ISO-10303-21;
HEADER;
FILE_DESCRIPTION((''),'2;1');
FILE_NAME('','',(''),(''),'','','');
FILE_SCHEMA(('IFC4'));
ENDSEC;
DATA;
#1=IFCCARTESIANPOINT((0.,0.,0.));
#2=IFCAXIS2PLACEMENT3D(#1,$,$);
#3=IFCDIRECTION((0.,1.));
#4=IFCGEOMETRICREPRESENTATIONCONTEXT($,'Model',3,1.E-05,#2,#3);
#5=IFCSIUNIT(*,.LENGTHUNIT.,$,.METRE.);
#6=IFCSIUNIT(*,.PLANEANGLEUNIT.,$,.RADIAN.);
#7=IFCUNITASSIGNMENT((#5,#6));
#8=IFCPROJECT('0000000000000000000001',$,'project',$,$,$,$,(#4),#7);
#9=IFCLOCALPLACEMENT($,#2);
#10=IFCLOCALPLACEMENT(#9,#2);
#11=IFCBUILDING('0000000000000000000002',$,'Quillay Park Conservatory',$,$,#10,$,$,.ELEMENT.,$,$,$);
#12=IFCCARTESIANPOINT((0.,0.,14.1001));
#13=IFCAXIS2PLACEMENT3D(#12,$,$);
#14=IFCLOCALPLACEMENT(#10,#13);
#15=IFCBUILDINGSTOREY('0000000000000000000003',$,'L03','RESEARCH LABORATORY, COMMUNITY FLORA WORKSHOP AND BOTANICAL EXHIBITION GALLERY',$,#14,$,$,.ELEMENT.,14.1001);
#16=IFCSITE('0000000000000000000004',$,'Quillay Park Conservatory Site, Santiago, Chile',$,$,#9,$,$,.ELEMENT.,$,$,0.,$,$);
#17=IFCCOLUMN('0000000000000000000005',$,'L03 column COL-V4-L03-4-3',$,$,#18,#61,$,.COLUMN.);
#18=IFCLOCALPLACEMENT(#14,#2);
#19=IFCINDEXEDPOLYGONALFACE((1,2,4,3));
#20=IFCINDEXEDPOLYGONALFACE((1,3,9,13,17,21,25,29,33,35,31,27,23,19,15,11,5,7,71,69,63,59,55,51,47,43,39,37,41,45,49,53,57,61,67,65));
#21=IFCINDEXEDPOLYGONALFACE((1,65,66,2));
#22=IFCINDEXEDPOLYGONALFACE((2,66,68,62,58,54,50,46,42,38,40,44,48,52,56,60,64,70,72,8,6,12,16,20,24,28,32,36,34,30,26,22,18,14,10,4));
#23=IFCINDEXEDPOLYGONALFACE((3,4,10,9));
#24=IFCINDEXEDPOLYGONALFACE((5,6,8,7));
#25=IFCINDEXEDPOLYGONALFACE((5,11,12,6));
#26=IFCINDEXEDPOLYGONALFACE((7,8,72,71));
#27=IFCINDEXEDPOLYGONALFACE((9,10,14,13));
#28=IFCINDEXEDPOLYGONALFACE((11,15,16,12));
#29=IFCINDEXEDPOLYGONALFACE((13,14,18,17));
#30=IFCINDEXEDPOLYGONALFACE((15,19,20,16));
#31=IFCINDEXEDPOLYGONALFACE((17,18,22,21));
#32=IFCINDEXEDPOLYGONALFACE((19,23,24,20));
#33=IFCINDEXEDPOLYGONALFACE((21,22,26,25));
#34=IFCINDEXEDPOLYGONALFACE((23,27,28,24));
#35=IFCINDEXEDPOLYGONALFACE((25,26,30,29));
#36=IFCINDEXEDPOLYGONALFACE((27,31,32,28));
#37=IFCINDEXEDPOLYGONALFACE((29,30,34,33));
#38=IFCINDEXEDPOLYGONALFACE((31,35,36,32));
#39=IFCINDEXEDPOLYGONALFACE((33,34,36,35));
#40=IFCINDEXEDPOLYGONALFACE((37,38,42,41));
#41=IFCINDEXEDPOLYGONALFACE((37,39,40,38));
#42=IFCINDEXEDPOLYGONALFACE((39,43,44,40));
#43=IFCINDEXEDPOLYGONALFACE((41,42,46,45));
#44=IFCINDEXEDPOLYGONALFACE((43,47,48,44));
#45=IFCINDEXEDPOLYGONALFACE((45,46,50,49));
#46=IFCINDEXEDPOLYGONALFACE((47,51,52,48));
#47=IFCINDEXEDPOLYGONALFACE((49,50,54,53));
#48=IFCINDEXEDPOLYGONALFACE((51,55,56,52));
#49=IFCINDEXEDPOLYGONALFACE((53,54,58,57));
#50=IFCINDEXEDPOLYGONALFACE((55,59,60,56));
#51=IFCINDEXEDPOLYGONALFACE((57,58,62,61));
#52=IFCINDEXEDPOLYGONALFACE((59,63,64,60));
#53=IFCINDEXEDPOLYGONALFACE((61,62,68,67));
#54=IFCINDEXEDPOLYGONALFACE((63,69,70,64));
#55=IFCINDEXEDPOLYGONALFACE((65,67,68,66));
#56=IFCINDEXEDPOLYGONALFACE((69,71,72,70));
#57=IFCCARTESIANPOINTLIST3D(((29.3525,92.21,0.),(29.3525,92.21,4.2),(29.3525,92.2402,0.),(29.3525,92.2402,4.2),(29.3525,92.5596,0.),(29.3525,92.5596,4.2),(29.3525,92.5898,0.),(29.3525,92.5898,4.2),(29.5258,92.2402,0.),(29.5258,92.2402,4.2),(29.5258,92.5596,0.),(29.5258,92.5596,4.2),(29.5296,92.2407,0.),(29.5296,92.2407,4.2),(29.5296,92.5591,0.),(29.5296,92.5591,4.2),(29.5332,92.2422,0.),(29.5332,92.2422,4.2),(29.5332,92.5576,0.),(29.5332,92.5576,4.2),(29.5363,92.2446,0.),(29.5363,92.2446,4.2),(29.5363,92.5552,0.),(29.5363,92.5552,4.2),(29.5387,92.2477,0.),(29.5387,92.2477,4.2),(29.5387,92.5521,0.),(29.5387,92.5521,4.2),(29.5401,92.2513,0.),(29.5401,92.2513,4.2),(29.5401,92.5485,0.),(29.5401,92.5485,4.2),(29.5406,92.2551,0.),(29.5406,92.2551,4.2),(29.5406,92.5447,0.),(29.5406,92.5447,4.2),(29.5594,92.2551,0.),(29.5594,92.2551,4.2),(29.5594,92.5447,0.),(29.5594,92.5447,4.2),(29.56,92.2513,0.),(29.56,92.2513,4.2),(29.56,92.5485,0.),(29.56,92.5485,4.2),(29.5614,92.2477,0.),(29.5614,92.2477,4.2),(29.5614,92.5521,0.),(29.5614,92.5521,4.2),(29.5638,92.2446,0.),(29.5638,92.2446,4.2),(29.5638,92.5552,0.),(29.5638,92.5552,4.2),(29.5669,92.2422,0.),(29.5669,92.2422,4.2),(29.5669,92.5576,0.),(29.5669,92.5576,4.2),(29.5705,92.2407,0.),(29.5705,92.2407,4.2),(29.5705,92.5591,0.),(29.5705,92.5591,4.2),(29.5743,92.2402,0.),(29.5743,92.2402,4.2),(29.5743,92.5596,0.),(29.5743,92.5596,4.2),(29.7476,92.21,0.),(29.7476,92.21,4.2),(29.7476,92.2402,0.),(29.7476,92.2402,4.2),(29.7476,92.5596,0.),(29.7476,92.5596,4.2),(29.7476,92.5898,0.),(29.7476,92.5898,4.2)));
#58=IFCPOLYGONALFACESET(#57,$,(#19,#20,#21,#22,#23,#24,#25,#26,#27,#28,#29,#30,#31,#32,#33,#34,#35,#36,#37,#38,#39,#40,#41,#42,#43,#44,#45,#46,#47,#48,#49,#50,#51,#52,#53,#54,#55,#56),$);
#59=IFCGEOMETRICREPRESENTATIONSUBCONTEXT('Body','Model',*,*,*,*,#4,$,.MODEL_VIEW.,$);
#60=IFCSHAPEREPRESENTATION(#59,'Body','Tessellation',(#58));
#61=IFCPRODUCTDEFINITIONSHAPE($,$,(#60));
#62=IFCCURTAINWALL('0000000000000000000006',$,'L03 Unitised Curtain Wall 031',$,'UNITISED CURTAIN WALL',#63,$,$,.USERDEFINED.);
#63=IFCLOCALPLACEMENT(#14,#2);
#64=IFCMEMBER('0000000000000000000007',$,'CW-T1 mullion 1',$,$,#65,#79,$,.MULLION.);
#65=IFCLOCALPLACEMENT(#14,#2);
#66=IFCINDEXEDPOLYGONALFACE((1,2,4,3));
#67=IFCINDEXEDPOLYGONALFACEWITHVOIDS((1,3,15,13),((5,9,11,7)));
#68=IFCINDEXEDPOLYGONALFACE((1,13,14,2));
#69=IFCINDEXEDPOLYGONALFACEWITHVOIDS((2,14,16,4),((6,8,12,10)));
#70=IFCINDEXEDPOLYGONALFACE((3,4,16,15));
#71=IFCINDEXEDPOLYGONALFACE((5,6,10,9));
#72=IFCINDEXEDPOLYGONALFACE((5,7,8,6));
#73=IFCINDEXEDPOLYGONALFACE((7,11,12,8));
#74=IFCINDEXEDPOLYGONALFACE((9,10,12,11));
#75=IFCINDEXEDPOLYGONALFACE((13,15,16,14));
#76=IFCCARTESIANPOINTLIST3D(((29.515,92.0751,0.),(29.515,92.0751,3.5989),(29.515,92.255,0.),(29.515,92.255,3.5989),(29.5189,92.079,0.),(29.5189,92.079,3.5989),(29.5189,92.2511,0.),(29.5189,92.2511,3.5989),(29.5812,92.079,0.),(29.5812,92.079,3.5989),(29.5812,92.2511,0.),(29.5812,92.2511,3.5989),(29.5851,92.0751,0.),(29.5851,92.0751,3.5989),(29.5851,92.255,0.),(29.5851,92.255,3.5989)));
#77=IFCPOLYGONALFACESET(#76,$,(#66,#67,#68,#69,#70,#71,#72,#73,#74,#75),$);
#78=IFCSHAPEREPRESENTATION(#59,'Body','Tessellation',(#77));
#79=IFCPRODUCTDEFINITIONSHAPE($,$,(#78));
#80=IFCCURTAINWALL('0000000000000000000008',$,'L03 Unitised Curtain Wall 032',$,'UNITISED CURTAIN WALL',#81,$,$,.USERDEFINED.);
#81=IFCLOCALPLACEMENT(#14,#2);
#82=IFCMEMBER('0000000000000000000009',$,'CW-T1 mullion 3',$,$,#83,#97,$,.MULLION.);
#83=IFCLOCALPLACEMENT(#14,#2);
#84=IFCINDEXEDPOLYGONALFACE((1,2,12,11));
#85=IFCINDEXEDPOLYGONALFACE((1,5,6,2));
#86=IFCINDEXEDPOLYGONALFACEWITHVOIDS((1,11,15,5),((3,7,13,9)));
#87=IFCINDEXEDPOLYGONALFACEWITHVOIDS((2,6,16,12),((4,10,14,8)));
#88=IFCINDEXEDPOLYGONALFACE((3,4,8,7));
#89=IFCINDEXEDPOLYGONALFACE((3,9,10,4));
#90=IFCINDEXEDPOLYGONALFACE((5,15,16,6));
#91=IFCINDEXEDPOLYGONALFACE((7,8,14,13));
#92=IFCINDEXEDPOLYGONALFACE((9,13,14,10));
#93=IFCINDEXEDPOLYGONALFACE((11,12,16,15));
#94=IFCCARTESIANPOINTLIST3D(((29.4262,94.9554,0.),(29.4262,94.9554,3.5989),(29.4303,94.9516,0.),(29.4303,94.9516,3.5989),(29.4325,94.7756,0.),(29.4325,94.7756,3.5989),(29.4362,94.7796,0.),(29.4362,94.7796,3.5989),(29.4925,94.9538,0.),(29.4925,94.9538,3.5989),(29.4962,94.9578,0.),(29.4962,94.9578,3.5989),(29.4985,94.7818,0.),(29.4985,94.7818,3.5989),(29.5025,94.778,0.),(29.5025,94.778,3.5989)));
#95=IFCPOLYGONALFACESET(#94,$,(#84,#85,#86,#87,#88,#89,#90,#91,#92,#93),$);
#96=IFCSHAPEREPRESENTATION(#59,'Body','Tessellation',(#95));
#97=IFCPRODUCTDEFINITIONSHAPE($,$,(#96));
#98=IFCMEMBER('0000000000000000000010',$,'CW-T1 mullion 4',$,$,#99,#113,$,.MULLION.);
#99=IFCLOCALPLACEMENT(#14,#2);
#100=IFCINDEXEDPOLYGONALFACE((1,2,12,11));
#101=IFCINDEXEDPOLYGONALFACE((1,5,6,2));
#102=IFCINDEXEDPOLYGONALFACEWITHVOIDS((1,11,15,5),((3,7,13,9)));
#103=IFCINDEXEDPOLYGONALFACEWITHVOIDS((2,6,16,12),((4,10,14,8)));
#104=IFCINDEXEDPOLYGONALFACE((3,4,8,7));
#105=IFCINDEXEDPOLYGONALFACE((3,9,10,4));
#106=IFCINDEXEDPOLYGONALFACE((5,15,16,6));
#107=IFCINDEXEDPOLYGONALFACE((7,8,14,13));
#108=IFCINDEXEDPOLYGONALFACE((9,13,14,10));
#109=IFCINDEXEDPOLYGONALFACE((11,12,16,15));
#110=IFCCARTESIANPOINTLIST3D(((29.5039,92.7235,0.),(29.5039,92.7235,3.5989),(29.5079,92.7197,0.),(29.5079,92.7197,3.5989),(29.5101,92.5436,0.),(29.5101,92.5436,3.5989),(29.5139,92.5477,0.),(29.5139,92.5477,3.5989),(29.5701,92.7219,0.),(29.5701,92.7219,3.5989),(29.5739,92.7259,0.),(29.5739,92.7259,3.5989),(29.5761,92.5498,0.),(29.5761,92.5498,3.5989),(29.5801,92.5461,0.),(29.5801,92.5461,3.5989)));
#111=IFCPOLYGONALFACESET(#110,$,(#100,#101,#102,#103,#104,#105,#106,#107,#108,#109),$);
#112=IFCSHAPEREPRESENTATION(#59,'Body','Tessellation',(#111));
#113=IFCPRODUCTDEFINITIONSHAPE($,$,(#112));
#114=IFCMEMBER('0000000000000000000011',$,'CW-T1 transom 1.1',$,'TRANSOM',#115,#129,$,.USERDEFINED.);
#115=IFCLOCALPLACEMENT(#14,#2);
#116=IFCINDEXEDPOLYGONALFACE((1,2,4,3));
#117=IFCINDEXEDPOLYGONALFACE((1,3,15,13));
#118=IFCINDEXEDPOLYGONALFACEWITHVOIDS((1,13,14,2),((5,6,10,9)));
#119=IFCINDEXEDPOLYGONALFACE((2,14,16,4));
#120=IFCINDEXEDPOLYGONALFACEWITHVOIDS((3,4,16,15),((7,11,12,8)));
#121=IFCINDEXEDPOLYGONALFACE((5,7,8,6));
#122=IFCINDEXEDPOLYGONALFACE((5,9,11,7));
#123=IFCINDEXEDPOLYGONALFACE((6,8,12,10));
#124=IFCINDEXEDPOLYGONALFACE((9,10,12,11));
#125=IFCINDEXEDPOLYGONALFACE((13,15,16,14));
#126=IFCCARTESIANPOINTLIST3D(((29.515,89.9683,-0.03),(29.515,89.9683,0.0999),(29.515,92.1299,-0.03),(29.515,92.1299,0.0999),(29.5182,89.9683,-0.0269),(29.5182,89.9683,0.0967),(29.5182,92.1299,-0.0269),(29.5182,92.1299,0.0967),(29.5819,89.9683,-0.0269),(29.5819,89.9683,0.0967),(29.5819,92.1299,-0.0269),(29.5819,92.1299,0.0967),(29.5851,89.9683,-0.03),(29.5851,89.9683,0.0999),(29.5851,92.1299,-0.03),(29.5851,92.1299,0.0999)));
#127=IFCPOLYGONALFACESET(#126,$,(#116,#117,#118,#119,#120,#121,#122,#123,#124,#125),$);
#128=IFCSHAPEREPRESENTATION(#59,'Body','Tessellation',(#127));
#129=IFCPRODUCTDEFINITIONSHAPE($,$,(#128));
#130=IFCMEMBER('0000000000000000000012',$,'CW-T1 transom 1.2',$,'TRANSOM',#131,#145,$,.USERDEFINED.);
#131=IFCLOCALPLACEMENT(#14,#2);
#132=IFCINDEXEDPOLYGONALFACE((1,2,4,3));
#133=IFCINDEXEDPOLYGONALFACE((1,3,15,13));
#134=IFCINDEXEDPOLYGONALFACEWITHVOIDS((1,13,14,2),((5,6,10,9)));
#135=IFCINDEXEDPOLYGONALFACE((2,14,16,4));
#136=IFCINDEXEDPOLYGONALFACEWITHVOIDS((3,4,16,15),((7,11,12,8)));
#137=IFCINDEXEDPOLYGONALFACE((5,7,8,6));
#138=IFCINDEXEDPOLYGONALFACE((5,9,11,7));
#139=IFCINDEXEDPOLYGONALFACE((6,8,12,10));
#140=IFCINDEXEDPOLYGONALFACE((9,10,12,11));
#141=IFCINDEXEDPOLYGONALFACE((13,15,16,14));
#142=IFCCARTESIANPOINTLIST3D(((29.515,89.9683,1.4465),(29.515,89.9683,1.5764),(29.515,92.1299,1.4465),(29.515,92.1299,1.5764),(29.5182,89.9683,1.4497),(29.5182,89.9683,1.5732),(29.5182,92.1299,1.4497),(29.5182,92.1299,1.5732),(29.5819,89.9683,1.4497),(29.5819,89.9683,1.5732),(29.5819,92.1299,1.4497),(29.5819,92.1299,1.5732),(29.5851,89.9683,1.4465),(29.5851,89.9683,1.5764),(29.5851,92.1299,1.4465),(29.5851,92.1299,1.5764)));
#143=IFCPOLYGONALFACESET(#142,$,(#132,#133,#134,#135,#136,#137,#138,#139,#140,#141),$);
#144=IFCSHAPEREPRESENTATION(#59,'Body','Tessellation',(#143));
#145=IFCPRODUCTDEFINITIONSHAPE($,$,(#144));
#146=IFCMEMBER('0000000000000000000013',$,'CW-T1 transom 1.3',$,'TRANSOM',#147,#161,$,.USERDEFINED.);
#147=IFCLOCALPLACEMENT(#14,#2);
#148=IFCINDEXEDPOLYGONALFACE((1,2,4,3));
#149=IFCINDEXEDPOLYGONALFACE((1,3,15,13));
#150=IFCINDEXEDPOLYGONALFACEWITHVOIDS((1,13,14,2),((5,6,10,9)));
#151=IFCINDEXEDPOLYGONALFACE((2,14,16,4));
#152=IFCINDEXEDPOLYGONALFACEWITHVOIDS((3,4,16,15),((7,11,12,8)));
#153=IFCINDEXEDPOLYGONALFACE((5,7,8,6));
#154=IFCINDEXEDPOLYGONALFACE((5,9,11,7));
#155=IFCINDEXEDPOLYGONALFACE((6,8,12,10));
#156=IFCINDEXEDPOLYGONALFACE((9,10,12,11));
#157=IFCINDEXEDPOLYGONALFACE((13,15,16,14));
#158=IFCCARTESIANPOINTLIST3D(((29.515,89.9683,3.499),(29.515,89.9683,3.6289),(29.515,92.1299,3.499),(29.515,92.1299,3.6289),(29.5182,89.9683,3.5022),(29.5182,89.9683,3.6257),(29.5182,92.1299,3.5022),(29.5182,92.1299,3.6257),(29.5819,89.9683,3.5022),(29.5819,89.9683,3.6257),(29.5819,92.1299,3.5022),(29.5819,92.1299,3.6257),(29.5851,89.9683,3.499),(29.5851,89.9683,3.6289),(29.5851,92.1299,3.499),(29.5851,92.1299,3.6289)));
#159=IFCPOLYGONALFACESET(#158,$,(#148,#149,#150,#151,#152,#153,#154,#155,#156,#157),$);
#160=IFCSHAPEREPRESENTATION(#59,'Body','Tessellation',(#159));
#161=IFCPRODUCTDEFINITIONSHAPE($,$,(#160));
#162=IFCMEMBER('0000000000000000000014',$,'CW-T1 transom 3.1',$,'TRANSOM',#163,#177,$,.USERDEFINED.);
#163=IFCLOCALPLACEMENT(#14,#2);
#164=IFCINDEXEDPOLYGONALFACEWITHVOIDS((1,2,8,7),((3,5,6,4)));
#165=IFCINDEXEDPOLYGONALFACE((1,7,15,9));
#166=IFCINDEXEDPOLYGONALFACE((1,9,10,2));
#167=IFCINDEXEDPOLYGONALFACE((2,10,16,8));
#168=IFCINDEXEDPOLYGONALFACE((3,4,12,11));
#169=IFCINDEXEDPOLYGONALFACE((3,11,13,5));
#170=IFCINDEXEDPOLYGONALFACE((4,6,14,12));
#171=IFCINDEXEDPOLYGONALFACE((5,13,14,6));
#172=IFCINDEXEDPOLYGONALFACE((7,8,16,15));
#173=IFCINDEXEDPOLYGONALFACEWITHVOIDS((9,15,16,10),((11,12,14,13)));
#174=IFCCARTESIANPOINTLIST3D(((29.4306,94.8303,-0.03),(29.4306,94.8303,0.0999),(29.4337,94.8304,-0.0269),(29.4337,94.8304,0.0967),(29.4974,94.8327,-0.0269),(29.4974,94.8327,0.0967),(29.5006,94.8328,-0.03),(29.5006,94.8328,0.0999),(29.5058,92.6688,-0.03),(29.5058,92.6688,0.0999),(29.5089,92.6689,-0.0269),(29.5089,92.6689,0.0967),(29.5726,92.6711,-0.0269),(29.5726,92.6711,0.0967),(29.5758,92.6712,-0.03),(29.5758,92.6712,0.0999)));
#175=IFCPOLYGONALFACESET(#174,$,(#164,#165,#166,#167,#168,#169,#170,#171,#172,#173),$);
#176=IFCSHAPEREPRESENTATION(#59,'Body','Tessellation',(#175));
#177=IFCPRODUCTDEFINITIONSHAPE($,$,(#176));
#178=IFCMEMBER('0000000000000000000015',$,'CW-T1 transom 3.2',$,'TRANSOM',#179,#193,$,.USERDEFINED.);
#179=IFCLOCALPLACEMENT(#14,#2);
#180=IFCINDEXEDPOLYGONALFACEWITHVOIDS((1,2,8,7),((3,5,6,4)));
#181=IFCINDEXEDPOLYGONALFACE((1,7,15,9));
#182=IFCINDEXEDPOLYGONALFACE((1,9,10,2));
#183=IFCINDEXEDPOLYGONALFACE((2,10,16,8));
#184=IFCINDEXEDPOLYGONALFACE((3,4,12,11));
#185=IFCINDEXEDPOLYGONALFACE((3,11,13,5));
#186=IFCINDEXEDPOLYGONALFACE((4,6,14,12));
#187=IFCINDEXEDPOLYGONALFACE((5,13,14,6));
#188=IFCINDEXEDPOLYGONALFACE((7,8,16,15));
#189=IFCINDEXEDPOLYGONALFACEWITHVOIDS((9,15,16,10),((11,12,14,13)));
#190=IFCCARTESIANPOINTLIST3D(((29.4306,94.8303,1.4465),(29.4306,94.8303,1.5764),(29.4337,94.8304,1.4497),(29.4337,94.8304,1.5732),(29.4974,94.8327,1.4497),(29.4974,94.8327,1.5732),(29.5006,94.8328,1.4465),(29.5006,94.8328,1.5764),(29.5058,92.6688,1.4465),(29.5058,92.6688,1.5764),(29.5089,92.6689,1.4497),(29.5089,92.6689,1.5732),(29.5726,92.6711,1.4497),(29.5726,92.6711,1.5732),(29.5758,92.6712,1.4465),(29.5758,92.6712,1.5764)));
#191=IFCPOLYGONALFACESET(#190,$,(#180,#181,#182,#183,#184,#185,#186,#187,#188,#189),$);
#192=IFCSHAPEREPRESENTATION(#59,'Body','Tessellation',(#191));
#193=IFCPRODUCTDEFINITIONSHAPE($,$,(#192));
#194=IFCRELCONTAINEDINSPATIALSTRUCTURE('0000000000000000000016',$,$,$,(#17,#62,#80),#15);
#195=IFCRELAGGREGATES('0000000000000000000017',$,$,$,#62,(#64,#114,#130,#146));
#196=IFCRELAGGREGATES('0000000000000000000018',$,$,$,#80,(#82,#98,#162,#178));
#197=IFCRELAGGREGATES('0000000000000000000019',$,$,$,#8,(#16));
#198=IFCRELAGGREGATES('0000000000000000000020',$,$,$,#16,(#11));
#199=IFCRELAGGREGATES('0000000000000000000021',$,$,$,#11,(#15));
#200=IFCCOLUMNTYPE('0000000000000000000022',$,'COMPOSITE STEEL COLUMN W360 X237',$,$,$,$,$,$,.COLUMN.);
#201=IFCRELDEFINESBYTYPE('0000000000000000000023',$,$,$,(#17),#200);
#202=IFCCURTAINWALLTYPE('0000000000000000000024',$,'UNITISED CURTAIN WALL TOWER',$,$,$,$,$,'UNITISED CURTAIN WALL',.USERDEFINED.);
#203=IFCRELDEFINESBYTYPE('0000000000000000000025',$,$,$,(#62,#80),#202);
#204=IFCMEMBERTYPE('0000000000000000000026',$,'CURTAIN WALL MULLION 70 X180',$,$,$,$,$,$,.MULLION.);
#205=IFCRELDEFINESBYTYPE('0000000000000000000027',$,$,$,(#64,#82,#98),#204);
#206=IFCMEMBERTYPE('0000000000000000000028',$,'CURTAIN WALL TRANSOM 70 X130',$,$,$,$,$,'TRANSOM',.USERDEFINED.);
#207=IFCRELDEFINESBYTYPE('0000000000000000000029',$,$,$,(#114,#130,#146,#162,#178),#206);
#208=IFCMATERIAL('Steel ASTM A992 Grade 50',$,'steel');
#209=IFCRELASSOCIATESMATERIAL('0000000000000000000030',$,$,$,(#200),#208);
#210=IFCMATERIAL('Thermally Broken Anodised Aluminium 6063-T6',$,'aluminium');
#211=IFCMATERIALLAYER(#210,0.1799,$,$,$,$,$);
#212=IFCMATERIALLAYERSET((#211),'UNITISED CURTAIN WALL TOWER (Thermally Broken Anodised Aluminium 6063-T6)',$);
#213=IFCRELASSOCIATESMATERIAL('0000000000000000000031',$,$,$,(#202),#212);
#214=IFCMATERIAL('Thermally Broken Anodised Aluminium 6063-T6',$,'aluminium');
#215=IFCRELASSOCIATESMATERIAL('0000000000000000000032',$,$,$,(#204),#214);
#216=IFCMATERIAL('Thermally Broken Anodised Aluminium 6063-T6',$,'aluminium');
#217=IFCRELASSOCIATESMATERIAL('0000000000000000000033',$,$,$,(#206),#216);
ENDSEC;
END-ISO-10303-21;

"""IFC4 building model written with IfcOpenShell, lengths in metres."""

from ifc_helpers import new_model, si_unit, direction, frame, origin, origin_2d, place, context, subcontext, project, spatial, hollow_rectangle, i_section, extrude, material, layer, layer_set, material_profile, profile_set, type_object, element, aggregate, save


model = new_model("IFC4")

# Units and contexts
model_context = context("Model", 3, precision=1e-05, world=origin(), true_north=direction((0.0, 1.0)))
body_context = subcontext(model_context, "Body", "Model", "MODEL_VIEW")
ifc_project = project(units=[si_unit("LENGTHUNIT", "METRE"), si_unit("PLANEANGLEUNIT", "RADIAN")], contexts=[model_context])

# Site, building, storey
site_placement = place(None, origin())
site = spatial("IfcSite", under=ifc_project, at=site_placement, Name="Quillay Park Conservatory Site, Santiago, Chile", CompositionType="ELEMENT", RefElevation=0.0)
building_placement = place(site_placement, origin())
building = spatial("IfcBuilding", under=site, at=building_placement, Name="Quillay Park Conservatory", CompositionType="ELEMENT")
storey_placement = place(building_placement, frame((0.0, 0.0, 14.1001)))
storey = spatial("IfcBuildingStorey", under=building, at=storey_placement, Name="L03", Description="RESEARCH LABORATORY, COMMUNITY FLORA WORKSHOP AND BOTANICAL EXHIBITION GALLERY", CompositionType="ELEMENT", Elevation=14.1001)

# Column
ifc_material_1 = material(Name="Steel ASTM A992 Grade 50", Category="steel")
ifc_material_profile_1 = material_profile(ifc_material_1, i_section(OverallWidth=0.395, OverallDepth=0.3799, WebThickness=0.0188, FlangeThickness=0.0303, FilletRadius=0.0149, at=origin_2d()), Name="W360x237")
ifc_profile_set_1 = profile_set([ifc_material_profile_1], Name="Steel ASTM A992 Grade 50")
column_type = type_object("IfcColumnType", Name="COMPOSITE STEEL COLUMN W360 X237", PredefinedType="COLUMN", material=ifc_profile_set_1)
column_placement = place(storey_placement, frame((29.55, 92.3999, 0.0), z_axis=(0.0, 0.0, 1.0), x_axis=(1.0, 0.0, 0.0)))
element("IfcColumn", 1, at=column_placement, inside=storey, type_object=column_type, Name="L03 column COL-V4-L03-4-3", PredefinedType="COLUMN", context=body_context, shape_type="SweptSolid", body=[
    extrude(i_section(OverallWidth=0.395, OverallDepth=0.3799, WebThickness=0.0188, FlangeThickness=0.0303, FilletRadius=0.0149, at=origin_2d()), origin(), (0.0, 0.0, 1.0), 4.2),
])

# Curtain wall, member
ifc_material_2 = material(Name="Thermally Broken Anodised Aluminium 6063-T6", Category="aluminium")
ifc_layer_1 = layer(ifc_material_2, 0.1799)
ifc_layer_set_1 = layer_set([ifc_layer_1], Name="UNITISED CURTAIN WALL TOWER (Thermally Broken Anodised Aluminium 6063-T6)")
curtain_wall_type_1 = type_object("IfcCurtainWallType", Name="UNITISED CURTAIN WALL TOWER", ElementType="UNITISED CURTAIN WALL", PredefinedType="USERDEFINED", material=ifc_layer_set_1)
curtain_wall_1_placement = place(storey_placement, origin())
curtain_wall_1 = element("IfcCurtainWall", 2, at=curtain_wall_1_placement, inside=storey, type_object=curtain_wall_type_1, Name="L03 Unitised Curtain Wall 031", ObjectType="UNITISED CURTAIN WALL", PredefinedType="USERDEFINED")
ifc_material_3 = material(Name="Thermally Broken Anodised Aluminium 6063-T6", Category="aluminium")
ifc_material_profile_2 = material_profile(ifc_material_3, hollow_rectangle(XDim=0.0701, YDim=0.1799, WallThickness=0.0039, at=origin_2d()), Name="AL70x180x4")
ifc_profile_set_2 = profile_set([ifc_material_profile_2], Name="Thermally Broken Anodised Aluminium 6063-T6")
member_type_1 = type_object("IfcMemberType", Name="CURTAIN WALL MULLION 70 X180", PredefinedType="MULLION", material=ifc_profile_set_2)
member_1_placement = place(storey_placement, frame((29.55, 92.165, 0.0), z_axis=(0.0, 0.0, 1.0), x_axis=(1.0, 0.0, 0.0)))
member_1 = element("IfcMember", 3, at=member_1_placement, type_object=member_type_1, Name="CW-T1 mullion 1", PredefinedType="MULLION", context=body_context, shape_type="SweptSolid", body=[
    extrude(hollow_rectangle(XDim=0.0701, YDim=0.1799, WallThickness=0.0039, at=origin_2d()), origin(), (0.0, 0.0, 1.0), 3.5989),
])

# Curtain wall, members
curtain_wall_2_placement = place(storey_placement, origin())
curtain_wall_2 = element("IfcCurtainWall", 4, at=curtain_wall_2_placement, inside=storey, type_object=curtain_wall_type_1, Name="L03 Unitised Curtain Wall 032", ObjectType="UNITISED CURTAIN WALL", PredefinedType="USERDEFINED")
member_2_placement = place(storey_placement, frame((29.4644, 94.8667, 0.0), z_axis=(0.0, 0.0, 1.0), x_axis=(0.999397, 0.034713, 0.0)))
member_2 = element("IfcMember", 5, at=member_2_placement, type_object=member_type_1, Name="CW-T1 mullion 3", PredefinedType="MULLION", context=body_context, shape_type="SweptSolid", body=[
    extrude(hollow_rectangle(XDim=0.0701, YDim=0.1799, WallThickness=0.0039, at=origin_2d()), origin(), (0.0, 0.0, 1.0), 3.5989),
])
member_3_placement = place(storey_placement, frame((29.542, 92.6348, 0.0), z_axis=(0.0, 0.0, 1.0), x_axis=(0.999397, 0.034713, 0.0)))
member_3 = element("IfcMember", 6, at=member_3_placement, type_object=member_type_1, Name="CW-T1 mullion 4", PredefinedType="MULLION", context=body_context, shape_type="SweptSolid", body=[
    extrude(hollow_rectangle(XDim=0.0701, YDim=0.1799, WallThickness=0.0039, at=origin_2d()), origin(), (0.0, 0.0, 1.0), 3.5989),
])

# Members
ifc_material_4 = material(Name="Thermally Broken Anodised Aluminium 6063-T6", Category="aluminium")
ifc_material_profile_3 = material_profile(ifc_material_4, hollow_rectangle(XDim=0.0701, YDim=0.1299, WallThickness=0.0032, at=origin_2d()), Name="AL70x130x3.2")
ifc_profile_set_3 = profile_set([ifc_material_profile_3], Name="Thermally Broken Anodised Aluminium 6063-T6")
member_type_2 = type_object("IfcMemberType", Name="CURTAIN WALL TRANSOM 70 X130", ElementType="TRANSOM", PredefinedType="USERDEFINED", material=ifc_profile_set_3)
member_4_placement = place(storey_placement, frame((29.55, 92.1299, 0.0349), z_axis=(0.0, -1.0, 0.0), x_axis=(1.0, 0.0, 0.0)))
member_4 = element("IfcMember", 7, at=member_4_placement, type_object=member_type_2, Name="CW-T1 transom 1.1", ObjectType="TRANSOM", PredefinedType="USERDEFINED", context=body_context, shape_type="SweptSolid", body=[
    extrude(hollow_rectangle(XDim=0.0701, YDim=0.1299, WallThickness=0.0032, at=origin_2d()), origin(), (0.0, 0.0, 1.0), 2.1616),
])
member_5_placement = place(storey_placement, frame((29.55, 92.1299, 1.5115), z_axis=(0.0, -1.0, 0.0), x_axis=(1.0, 0.0, 0.0)))
member_5 = element("IfcMember", 8, at=member_5_placement, type_object=member_type_2, Name="CW-T1 transom 1.2", ObjectType="TRANSOM", PredefinedType="USERDEFINED", context=body_context, shape_type="SweptSolid", body=[
    extrude(hollow_rectangle(XDim=0.0701, YDim=0.1299, WallThickness=0.0032, at=origin_2d()), origin(), (0.0, 0.0, 1.0), 2.1616),
])
member_6_placement = place(storey_placement, frame((29.55, 92.1299, 3.564), z_axis=(0.0, -1.0, 0.0), x_axis=(1.0, 0.0, 0.0)))
member_6 = element("IfcMember", 9, at=member_6_placement, type_object=member_type_2, Name="CW-T1 transom 1.3", ObjectType="TRANSOM", PredefinedType="USERDEFINED", context=body_context, shape_type="SweptSolid", body=[
    extrude(hollow_rectangle(XDim=0.0701, YDim=0.1299, WallThickness=0.0032, at=origin_2d()), origin(), (0.0, 0.0, 1.0), 2.1616),
])
member_7_placement = place(storey_placement, frame((29.4656, 94.8315, 0.0349), z_axis=(0.034766, -0.999395, 0.0), x_axis=(0.999395, 0.034766, 0.0)))
member_7 = element("IfcMember", 10, at=member_7_placement, type_object=member_type_2, Name="CW-T1 transom 3.1", ObjectType="TRANSOM", PredefinedType="USERDEFINED", context=body_context, shape_type="SweptSolid", body=[
    extrude(hollow_rectangle(XDim=0.0701, YDim=0.1299, WallThickness=0.0032, at=origin_2d()), origin(), (0.0, 0.0, 1.0), 2.1628),
])
member_8_placement = place(storey_placement, frame((29.4656, 94.8315, 1.5115), z_axis=(0.034766, -0.999395, 0.0), x_axis=(0.999395, 0.034766, 0.0)))
member_8 = element("IfcMember", 11, at=member_8_placement, type_object=member_type_2, Name="CW-T1 transom 3.2", ObjectType="TRANSOM", PredefinedType="USERDEFINED", context=body_context, shape_type="SweptSolid", body=[
    extrude(hollow_rectangle(XDim=0.0701, YDim=0.1299, WallThickness=0.0032, at=origin_2d()), origin(), (0.0, 0.0, 1.0), 2.1628),
])

aggregate(curtain_wall_1, [member_1, member_4, member_5, member_6])
aggregate(curtain_wall_2, [member_2, member_3, member_7, member_8])

save(model, "model.ifc")
